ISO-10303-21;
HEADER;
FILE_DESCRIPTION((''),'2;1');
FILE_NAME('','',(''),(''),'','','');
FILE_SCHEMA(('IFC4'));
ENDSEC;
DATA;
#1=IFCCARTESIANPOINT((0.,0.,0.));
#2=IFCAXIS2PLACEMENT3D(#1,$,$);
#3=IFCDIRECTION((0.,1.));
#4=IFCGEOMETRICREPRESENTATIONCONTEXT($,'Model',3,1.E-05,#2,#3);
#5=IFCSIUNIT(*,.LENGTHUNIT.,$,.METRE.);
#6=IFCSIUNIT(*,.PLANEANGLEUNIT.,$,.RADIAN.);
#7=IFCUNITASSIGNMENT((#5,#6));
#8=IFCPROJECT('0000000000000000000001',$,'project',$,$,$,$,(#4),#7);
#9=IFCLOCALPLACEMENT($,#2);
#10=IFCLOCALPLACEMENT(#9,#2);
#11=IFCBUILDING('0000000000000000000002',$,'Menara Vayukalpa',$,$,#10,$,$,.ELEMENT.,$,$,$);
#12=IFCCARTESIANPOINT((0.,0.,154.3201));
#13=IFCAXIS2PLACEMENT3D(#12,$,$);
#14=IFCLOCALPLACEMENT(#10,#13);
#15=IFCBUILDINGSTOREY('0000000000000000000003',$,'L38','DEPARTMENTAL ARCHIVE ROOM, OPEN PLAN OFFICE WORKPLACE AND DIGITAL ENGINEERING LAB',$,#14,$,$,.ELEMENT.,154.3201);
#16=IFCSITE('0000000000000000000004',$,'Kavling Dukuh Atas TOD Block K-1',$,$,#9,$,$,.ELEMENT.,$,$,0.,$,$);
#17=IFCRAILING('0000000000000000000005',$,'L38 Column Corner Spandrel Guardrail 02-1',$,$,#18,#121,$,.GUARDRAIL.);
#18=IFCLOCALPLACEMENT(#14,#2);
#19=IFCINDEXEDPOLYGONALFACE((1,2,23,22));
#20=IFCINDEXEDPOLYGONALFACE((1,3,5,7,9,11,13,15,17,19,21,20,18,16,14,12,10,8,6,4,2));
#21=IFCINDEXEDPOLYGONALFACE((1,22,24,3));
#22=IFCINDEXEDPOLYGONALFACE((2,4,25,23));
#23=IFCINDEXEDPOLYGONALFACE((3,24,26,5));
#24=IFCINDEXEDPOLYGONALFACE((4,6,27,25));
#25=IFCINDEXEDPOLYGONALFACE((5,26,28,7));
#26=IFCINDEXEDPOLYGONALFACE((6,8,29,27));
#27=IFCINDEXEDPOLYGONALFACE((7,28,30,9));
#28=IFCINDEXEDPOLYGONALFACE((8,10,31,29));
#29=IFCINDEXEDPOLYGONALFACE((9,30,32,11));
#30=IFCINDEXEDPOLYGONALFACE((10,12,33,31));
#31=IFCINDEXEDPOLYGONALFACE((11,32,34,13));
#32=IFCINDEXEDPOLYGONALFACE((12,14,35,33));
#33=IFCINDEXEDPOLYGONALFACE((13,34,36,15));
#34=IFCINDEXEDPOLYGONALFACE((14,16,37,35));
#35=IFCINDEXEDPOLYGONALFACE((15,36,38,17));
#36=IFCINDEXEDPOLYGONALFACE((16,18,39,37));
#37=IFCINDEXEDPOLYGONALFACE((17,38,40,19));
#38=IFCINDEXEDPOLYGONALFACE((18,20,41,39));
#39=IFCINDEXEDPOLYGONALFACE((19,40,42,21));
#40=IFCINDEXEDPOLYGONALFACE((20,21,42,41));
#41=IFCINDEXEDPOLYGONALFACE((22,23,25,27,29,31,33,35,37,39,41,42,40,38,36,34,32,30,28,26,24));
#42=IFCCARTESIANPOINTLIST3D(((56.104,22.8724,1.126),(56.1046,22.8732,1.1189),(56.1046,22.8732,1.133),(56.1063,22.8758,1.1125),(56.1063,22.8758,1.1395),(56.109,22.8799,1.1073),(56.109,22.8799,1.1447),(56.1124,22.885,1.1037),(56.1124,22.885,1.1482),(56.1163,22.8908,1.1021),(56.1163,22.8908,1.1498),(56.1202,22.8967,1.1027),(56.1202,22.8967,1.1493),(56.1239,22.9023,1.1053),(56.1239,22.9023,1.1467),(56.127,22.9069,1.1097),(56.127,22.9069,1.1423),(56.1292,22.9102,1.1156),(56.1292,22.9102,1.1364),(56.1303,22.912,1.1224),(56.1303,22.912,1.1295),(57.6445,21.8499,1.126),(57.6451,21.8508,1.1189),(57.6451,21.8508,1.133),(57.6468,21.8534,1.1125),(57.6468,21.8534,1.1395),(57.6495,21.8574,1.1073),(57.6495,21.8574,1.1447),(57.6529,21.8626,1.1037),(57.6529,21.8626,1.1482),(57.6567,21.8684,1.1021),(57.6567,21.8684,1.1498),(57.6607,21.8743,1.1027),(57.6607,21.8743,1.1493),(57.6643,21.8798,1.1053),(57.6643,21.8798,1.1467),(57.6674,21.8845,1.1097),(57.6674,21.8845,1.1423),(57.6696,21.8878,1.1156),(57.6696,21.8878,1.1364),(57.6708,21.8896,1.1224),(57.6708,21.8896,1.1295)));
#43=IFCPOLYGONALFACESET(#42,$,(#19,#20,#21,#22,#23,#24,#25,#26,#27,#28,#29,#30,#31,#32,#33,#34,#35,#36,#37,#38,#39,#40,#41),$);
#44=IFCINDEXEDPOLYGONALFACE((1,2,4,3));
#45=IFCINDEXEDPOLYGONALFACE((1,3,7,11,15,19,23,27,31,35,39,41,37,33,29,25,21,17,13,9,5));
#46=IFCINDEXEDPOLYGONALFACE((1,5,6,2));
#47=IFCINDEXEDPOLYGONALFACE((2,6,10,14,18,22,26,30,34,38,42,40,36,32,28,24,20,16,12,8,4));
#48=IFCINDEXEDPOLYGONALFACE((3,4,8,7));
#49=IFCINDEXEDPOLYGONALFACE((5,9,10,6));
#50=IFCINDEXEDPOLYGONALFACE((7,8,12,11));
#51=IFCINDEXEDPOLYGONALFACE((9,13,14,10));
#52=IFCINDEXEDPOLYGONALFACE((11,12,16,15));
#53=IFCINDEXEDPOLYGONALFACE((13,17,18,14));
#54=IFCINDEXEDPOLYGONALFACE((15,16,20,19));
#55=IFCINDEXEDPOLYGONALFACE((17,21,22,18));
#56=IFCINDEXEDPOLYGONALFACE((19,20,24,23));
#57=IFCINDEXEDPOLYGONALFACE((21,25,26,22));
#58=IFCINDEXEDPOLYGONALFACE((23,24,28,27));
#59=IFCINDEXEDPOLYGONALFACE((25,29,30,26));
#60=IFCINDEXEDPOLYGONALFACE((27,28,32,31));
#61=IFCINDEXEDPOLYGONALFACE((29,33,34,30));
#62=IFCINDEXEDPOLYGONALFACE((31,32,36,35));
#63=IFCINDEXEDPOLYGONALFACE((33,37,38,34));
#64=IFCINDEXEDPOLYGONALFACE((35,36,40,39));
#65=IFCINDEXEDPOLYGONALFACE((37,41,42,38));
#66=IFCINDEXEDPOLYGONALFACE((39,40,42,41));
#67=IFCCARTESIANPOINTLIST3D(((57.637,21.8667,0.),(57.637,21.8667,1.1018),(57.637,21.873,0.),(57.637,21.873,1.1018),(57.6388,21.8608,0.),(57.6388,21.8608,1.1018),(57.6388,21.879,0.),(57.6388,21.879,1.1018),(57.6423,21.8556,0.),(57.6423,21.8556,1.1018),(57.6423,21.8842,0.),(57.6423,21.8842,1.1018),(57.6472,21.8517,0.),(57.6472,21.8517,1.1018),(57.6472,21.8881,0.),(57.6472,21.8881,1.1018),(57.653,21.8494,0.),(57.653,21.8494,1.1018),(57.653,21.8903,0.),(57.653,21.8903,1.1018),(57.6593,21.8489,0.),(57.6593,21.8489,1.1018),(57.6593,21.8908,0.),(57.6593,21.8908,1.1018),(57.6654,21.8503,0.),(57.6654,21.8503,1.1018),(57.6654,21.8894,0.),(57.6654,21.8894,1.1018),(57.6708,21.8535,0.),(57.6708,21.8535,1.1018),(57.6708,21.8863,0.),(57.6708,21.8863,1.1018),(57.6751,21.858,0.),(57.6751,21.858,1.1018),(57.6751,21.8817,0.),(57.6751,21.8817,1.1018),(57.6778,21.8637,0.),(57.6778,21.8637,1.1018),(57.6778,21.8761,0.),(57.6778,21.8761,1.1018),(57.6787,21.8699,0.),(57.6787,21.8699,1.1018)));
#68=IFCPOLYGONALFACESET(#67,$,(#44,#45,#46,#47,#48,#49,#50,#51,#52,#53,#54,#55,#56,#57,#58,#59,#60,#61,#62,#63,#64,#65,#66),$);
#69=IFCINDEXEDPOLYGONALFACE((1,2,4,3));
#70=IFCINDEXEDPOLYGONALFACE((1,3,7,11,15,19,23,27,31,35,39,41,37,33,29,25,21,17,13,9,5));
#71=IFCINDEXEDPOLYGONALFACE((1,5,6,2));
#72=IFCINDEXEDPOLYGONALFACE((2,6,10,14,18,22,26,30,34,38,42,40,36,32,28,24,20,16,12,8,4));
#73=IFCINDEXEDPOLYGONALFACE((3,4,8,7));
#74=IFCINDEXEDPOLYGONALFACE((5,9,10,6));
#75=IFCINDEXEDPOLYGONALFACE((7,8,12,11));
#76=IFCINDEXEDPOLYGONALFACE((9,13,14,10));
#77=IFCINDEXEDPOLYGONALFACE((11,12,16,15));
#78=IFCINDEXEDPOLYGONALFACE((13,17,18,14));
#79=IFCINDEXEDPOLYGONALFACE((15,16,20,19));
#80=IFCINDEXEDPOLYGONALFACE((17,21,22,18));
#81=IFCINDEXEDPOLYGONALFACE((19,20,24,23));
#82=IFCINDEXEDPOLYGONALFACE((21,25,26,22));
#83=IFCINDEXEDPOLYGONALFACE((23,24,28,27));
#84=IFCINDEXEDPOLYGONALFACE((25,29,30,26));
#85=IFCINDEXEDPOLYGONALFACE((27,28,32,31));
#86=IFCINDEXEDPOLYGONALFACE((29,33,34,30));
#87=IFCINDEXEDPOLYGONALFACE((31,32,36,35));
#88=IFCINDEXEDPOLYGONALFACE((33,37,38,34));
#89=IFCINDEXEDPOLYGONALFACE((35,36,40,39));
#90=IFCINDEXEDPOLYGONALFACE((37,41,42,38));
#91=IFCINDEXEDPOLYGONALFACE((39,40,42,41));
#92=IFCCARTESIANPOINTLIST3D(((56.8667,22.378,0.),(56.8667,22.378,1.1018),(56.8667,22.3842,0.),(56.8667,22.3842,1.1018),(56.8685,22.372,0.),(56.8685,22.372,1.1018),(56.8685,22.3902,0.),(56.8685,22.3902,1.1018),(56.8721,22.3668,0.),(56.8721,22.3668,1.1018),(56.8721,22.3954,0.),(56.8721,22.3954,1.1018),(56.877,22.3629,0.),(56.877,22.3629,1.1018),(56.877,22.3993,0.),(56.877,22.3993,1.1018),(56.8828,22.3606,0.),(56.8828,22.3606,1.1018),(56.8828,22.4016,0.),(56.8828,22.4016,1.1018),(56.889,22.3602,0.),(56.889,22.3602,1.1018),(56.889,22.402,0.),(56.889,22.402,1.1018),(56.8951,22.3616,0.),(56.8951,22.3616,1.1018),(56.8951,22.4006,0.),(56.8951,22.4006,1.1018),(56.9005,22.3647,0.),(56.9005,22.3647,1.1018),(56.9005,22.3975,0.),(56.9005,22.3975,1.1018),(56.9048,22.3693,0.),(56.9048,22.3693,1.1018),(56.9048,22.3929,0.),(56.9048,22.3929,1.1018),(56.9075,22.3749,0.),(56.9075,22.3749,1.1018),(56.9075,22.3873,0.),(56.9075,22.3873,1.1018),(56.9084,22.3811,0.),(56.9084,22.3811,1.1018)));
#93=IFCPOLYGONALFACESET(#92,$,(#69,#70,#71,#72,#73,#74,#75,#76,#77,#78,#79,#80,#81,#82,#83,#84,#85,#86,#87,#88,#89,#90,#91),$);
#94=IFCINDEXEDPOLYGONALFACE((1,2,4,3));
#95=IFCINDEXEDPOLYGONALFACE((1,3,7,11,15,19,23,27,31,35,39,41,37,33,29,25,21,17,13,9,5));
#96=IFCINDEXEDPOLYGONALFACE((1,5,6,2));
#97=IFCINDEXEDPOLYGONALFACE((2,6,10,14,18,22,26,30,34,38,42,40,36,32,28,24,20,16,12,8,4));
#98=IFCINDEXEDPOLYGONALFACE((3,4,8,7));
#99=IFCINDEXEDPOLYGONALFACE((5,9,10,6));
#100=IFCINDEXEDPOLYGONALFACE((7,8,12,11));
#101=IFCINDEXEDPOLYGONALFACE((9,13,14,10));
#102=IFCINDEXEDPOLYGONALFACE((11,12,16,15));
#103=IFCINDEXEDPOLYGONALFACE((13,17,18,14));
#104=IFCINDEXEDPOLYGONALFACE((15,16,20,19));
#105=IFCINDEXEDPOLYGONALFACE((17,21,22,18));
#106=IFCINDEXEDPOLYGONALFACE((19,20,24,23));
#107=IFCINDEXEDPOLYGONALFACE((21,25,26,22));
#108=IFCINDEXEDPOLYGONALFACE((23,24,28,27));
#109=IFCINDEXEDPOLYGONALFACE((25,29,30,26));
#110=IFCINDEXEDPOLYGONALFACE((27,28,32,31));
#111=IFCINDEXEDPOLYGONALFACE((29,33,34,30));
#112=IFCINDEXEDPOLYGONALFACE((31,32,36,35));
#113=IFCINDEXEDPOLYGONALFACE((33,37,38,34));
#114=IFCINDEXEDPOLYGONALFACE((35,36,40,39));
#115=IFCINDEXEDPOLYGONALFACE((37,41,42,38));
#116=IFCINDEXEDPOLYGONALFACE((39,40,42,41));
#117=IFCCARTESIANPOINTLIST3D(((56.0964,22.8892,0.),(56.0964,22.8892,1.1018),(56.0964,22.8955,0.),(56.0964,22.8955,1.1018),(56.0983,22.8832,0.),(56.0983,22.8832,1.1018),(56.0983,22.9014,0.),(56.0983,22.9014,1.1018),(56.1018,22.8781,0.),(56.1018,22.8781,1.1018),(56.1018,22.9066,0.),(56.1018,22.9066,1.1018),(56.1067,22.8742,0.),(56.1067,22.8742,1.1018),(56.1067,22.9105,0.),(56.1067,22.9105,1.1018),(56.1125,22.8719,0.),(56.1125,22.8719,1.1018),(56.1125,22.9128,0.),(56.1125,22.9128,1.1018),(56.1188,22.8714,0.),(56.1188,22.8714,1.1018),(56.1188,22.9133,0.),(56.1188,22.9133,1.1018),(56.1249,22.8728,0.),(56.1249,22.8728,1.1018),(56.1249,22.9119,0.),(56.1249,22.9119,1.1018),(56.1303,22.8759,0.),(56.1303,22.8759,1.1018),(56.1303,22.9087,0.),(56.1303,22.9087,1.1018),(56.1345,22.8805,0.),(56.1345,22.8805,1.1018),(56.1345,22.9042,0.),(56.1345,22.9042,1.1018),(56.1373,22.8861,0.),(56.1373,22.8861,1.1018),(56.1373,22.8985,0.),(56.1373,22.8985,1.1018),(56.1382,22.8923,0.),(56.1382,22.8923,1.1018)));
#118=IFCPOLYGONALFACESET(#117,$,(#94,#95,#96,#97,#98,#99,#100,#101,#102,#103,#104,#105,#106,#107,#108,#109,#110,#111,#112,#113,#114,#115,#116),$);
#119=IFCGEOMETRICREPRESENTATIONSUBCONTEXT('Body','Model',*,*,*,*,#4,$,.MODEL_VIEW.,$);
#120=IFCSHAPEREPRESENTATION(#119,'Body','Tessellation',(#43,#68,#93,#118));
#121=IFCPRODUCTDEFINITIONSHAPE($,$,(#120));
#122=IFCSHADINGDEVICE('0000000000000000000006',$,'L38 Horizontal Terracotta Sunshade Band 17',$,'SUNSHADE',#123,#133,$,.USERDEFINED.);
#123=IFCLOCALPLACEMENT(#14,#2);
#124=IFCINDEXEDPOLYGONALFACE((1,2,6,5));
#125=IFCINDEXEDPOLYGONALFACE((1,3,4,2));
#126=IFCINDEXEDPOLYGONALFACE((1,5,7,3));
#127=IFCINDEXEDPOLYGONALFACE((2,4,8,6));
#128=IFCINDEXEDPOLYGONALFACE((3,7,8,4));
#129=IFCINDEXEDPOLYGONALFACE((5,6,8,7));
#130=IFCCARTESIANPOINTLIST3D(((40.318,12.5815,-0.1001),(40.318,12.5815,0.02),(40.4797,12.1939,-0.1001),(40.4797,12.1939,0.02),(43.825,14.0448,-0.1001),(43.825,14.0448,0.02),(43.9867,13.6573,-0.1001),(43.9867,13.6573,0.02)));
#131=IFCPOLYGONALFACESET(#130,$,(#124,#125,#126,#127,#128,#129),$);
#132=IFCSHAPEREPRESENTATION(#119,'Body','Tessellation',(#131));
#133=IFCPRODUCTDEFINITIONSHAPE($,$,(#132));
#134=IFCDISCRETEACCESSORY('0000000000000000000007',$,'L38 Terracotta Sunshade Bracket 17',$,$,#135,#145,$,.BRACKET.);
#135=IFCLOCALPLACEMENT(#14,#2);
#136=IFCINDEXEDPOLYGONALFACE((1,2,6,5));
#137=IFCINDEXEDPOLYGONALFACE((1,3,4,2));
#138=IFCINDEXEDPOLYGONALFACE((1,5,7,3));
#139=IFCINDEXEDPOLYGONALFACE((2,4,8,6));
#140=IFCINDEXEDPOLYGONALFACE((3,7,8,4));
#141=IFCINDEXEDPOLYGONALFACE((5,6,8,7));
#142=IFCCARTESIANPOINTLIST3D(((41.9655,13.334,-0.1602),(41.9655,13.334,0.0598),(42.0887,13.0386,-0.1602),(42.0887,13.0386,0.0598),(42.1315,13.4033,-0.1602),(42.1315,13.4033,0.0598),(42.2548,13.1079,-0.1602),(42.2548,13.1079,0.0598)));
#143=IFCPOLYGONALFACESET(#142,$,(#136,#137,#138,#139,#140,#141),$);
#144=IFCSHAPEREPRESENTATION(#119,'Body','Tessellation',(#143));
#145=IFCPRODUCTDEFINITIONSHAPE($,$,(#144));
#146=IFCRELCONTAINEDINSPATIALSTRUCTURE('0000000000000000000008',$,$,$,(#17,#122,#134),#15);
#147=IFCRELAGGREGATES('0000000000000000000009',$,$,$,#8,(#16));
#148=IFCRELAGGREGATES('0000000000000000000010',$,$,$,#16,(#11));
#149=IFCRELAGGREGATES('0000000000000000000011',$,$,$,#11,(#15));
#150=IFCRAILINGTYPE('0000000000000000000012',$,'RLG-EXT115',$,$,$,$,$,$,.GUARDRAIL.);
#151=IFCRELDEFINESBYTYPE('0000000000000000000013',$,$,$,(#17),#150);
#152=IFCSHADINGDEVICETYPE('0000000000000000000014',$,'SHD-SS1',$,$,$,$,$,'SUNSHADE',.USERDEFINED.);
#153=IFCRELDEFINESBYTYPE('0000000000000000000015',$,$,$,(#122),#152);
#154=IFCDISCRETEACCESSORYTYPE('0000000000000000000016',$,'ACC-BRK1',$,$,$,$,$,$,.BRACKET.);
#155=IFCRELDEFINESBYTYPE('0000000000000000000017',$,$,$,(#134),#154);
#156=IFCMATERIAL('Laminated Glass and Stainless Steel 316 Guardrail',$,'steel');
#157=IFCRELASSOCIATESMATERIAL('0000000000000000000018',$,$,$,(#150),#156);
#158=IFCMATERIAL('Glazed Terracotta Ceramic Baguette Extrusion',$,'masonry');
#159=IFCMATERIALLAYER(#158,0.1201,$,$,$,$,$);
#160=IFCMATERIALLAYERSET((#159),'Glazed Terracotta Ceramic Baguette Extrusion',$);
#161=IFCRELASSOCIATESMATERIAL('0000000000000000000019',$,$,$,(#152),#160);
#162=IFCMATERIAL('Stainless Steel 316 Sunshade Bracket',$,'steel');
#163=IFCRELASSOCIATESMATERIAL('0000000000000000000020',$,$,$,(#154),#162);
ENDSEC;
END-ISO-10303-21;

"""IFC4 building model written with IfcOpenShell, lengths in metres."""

from ifc_helpers import new_model, si_unit, direction, frame, origin, origin_2d, place, context, subcontext, project, spatial, rectangle, circle, extrude, material, layer, layer_set, type_object, element, save


model = new_model("IFC4")

# Units and contexts
model_context = context("Model", 3, precision=1e-05, world=origin(), true_north=direction((0.0, 1.0)))
body_context = subcontext(model_context, "Body", "Model", "MODEL_VIEW")
ifc_project = project(units=[si_unit("LENGTHUNIT", "METRE"), si_unit("PLANEANGLEUNIT", "RADIAN")], contexts=[model_context])

# Site, building, storey
site_placement = place(None, origin())
site = spatial("IfcSite", under=ifc_project, at=site_placement, Name="Kavling Dukuh Atas TOD Block K-1", CompositionType="ELEMENT", RefElevation=0.0)
building_placement = place(site_placement, origin())
building = spatial("IfcBuilding", under=site, at=building_placement, Name="Menara Vayukalpa", CompositionType="ELEMENT")
storey_placement = place(building_placement, frame((0.0, 0.0, 154.3201)))
storey = spatial("IfcBuildingStorey", under=building, at=storey_placement, Name="L38", Description="DEPARTMENTAL ARCHIVE ROOM, OPEN PLAN OFFICE WORKPLACE AND DIGITAL ENGINEERING LAB", CompositionType="ELEMENT", Elevation=154.3201)

# Railing
ifc_material_1 = material(Name="Laminated Glass and Stainless Steel 316 Guardrail", Category="steel")
railing_type = type_object("IfcRailingType", Name="RLG-EXT115", PredefinedType="GUARDRAIL", material=ifc_material_1)
railing_1_placement = place(storey_placement, frame((57.6577, 21.8699, 0.0)))
element("IfcRailing", 1, at=railing_1_placement, inside=storey, type_object=railing_type, Name="L38 Column Corner Spandrel Guardrail 02-1", PredefinedType="GUARDRAIL", context=body_context, shape_type="SweptSolid", body=[
    extrude(circle(Radius=0.0239, at=origin_2d()), frame((0.0, 0.0, 1.126), z_axis=(-0.833186, 0.552993, 0.0), x_axis=(-0.552993, -0.833186, 0.0)), (0.0, 0.0, 1.0), 1.8489),
    extrude(circle(Radius=0.021, at=origin_2d()), origin(), (0.0, 0.0, 1.0), 1.1018),
    extrude(circle(Radius=0.021, at=origin_2d()), frame((-0.7703, 0.5112, 0.0)), (0.0, 0.0, 1.0), 1.1018),
    extrude(circle(Radius=0.021, at=origin_2d()), frame((-1.5405, 1.0225, 0.0)), (0.0, 0.0, 1.0), 1.1018),
])

# Shading device
ifc_material_2 = material(Name="Glazed Terracotta Ceramic Baguette Extrusion", Category="masonry")
ifc_layer_1 = layer(ifc_material_2, 0.1201)
ifc_layer_set_1 = layer_set([ifc_layer_1], Name="Glazed Terracotta Ceramic Baguette Extrusion")
shading_device_type = type_object("IfcShadingDeviceType", Name="SHD-SS1", ElementType="SUNSHADE", PredefinedType="USERDEFINED", material=ifc_layer_set_1)
shading_device_placement = place(storey_placement, frame((42.1523, 13.1194, -0.1001), z_axis=(0.0, 0.0, 1.0), x_axis=(0.922881, 0.385085, 0.0)))
element("IfcShadingDevice", 2, at=shading_device_placement, inside=storey, type_object=shading_device_type, Name="L38 Horizontal Terracotta Sunshade Band 17", ObjectType="SUNSHADE", PredefinedType="USERDEFINED", context=body_context, shape_type="SweptSolid", body=[
    extrude(rectangle(XDim=3.8, YDim=0.4199, at=origin_2d()), origin(), (0.0, 0.0, 1.0), 0.1201),
])

# Discrete accessory
ifc_material_3 = material(Name="Stainless Steel 316 Sunshade Bracket", Category="steel")
discrete_accessory_type = type_object("IfcDiscreteAccessoryType", Name="ACC-BRK1", PredefinedType="BRACKET", material=ifc_material_3)
discrete_accessory_placement = place(storey_placement, frame((42.1101, 13.2209, -0.1602), z_axis=(0.0, 0.0, 1.0), x_axis=(0.922881, 0.385085, 0.0)))
element("IfcDiscreteAccessory", 3, at=discrete_accessory_placement, inside=storey, type_object=discrete_accessory_type, Name="L38 Terracotta Sunshade Bracket 17", PredefinedType="BRACKET", context=body_context, shape_type="SweptSolid", body=[
    extrude(rectangle(XDim=0.1799, YDim=0.3201, at=origin_2d()), origin(), (0.0, 0.0, 1.0), 0.22),
])

save(model, "model.ifc")
